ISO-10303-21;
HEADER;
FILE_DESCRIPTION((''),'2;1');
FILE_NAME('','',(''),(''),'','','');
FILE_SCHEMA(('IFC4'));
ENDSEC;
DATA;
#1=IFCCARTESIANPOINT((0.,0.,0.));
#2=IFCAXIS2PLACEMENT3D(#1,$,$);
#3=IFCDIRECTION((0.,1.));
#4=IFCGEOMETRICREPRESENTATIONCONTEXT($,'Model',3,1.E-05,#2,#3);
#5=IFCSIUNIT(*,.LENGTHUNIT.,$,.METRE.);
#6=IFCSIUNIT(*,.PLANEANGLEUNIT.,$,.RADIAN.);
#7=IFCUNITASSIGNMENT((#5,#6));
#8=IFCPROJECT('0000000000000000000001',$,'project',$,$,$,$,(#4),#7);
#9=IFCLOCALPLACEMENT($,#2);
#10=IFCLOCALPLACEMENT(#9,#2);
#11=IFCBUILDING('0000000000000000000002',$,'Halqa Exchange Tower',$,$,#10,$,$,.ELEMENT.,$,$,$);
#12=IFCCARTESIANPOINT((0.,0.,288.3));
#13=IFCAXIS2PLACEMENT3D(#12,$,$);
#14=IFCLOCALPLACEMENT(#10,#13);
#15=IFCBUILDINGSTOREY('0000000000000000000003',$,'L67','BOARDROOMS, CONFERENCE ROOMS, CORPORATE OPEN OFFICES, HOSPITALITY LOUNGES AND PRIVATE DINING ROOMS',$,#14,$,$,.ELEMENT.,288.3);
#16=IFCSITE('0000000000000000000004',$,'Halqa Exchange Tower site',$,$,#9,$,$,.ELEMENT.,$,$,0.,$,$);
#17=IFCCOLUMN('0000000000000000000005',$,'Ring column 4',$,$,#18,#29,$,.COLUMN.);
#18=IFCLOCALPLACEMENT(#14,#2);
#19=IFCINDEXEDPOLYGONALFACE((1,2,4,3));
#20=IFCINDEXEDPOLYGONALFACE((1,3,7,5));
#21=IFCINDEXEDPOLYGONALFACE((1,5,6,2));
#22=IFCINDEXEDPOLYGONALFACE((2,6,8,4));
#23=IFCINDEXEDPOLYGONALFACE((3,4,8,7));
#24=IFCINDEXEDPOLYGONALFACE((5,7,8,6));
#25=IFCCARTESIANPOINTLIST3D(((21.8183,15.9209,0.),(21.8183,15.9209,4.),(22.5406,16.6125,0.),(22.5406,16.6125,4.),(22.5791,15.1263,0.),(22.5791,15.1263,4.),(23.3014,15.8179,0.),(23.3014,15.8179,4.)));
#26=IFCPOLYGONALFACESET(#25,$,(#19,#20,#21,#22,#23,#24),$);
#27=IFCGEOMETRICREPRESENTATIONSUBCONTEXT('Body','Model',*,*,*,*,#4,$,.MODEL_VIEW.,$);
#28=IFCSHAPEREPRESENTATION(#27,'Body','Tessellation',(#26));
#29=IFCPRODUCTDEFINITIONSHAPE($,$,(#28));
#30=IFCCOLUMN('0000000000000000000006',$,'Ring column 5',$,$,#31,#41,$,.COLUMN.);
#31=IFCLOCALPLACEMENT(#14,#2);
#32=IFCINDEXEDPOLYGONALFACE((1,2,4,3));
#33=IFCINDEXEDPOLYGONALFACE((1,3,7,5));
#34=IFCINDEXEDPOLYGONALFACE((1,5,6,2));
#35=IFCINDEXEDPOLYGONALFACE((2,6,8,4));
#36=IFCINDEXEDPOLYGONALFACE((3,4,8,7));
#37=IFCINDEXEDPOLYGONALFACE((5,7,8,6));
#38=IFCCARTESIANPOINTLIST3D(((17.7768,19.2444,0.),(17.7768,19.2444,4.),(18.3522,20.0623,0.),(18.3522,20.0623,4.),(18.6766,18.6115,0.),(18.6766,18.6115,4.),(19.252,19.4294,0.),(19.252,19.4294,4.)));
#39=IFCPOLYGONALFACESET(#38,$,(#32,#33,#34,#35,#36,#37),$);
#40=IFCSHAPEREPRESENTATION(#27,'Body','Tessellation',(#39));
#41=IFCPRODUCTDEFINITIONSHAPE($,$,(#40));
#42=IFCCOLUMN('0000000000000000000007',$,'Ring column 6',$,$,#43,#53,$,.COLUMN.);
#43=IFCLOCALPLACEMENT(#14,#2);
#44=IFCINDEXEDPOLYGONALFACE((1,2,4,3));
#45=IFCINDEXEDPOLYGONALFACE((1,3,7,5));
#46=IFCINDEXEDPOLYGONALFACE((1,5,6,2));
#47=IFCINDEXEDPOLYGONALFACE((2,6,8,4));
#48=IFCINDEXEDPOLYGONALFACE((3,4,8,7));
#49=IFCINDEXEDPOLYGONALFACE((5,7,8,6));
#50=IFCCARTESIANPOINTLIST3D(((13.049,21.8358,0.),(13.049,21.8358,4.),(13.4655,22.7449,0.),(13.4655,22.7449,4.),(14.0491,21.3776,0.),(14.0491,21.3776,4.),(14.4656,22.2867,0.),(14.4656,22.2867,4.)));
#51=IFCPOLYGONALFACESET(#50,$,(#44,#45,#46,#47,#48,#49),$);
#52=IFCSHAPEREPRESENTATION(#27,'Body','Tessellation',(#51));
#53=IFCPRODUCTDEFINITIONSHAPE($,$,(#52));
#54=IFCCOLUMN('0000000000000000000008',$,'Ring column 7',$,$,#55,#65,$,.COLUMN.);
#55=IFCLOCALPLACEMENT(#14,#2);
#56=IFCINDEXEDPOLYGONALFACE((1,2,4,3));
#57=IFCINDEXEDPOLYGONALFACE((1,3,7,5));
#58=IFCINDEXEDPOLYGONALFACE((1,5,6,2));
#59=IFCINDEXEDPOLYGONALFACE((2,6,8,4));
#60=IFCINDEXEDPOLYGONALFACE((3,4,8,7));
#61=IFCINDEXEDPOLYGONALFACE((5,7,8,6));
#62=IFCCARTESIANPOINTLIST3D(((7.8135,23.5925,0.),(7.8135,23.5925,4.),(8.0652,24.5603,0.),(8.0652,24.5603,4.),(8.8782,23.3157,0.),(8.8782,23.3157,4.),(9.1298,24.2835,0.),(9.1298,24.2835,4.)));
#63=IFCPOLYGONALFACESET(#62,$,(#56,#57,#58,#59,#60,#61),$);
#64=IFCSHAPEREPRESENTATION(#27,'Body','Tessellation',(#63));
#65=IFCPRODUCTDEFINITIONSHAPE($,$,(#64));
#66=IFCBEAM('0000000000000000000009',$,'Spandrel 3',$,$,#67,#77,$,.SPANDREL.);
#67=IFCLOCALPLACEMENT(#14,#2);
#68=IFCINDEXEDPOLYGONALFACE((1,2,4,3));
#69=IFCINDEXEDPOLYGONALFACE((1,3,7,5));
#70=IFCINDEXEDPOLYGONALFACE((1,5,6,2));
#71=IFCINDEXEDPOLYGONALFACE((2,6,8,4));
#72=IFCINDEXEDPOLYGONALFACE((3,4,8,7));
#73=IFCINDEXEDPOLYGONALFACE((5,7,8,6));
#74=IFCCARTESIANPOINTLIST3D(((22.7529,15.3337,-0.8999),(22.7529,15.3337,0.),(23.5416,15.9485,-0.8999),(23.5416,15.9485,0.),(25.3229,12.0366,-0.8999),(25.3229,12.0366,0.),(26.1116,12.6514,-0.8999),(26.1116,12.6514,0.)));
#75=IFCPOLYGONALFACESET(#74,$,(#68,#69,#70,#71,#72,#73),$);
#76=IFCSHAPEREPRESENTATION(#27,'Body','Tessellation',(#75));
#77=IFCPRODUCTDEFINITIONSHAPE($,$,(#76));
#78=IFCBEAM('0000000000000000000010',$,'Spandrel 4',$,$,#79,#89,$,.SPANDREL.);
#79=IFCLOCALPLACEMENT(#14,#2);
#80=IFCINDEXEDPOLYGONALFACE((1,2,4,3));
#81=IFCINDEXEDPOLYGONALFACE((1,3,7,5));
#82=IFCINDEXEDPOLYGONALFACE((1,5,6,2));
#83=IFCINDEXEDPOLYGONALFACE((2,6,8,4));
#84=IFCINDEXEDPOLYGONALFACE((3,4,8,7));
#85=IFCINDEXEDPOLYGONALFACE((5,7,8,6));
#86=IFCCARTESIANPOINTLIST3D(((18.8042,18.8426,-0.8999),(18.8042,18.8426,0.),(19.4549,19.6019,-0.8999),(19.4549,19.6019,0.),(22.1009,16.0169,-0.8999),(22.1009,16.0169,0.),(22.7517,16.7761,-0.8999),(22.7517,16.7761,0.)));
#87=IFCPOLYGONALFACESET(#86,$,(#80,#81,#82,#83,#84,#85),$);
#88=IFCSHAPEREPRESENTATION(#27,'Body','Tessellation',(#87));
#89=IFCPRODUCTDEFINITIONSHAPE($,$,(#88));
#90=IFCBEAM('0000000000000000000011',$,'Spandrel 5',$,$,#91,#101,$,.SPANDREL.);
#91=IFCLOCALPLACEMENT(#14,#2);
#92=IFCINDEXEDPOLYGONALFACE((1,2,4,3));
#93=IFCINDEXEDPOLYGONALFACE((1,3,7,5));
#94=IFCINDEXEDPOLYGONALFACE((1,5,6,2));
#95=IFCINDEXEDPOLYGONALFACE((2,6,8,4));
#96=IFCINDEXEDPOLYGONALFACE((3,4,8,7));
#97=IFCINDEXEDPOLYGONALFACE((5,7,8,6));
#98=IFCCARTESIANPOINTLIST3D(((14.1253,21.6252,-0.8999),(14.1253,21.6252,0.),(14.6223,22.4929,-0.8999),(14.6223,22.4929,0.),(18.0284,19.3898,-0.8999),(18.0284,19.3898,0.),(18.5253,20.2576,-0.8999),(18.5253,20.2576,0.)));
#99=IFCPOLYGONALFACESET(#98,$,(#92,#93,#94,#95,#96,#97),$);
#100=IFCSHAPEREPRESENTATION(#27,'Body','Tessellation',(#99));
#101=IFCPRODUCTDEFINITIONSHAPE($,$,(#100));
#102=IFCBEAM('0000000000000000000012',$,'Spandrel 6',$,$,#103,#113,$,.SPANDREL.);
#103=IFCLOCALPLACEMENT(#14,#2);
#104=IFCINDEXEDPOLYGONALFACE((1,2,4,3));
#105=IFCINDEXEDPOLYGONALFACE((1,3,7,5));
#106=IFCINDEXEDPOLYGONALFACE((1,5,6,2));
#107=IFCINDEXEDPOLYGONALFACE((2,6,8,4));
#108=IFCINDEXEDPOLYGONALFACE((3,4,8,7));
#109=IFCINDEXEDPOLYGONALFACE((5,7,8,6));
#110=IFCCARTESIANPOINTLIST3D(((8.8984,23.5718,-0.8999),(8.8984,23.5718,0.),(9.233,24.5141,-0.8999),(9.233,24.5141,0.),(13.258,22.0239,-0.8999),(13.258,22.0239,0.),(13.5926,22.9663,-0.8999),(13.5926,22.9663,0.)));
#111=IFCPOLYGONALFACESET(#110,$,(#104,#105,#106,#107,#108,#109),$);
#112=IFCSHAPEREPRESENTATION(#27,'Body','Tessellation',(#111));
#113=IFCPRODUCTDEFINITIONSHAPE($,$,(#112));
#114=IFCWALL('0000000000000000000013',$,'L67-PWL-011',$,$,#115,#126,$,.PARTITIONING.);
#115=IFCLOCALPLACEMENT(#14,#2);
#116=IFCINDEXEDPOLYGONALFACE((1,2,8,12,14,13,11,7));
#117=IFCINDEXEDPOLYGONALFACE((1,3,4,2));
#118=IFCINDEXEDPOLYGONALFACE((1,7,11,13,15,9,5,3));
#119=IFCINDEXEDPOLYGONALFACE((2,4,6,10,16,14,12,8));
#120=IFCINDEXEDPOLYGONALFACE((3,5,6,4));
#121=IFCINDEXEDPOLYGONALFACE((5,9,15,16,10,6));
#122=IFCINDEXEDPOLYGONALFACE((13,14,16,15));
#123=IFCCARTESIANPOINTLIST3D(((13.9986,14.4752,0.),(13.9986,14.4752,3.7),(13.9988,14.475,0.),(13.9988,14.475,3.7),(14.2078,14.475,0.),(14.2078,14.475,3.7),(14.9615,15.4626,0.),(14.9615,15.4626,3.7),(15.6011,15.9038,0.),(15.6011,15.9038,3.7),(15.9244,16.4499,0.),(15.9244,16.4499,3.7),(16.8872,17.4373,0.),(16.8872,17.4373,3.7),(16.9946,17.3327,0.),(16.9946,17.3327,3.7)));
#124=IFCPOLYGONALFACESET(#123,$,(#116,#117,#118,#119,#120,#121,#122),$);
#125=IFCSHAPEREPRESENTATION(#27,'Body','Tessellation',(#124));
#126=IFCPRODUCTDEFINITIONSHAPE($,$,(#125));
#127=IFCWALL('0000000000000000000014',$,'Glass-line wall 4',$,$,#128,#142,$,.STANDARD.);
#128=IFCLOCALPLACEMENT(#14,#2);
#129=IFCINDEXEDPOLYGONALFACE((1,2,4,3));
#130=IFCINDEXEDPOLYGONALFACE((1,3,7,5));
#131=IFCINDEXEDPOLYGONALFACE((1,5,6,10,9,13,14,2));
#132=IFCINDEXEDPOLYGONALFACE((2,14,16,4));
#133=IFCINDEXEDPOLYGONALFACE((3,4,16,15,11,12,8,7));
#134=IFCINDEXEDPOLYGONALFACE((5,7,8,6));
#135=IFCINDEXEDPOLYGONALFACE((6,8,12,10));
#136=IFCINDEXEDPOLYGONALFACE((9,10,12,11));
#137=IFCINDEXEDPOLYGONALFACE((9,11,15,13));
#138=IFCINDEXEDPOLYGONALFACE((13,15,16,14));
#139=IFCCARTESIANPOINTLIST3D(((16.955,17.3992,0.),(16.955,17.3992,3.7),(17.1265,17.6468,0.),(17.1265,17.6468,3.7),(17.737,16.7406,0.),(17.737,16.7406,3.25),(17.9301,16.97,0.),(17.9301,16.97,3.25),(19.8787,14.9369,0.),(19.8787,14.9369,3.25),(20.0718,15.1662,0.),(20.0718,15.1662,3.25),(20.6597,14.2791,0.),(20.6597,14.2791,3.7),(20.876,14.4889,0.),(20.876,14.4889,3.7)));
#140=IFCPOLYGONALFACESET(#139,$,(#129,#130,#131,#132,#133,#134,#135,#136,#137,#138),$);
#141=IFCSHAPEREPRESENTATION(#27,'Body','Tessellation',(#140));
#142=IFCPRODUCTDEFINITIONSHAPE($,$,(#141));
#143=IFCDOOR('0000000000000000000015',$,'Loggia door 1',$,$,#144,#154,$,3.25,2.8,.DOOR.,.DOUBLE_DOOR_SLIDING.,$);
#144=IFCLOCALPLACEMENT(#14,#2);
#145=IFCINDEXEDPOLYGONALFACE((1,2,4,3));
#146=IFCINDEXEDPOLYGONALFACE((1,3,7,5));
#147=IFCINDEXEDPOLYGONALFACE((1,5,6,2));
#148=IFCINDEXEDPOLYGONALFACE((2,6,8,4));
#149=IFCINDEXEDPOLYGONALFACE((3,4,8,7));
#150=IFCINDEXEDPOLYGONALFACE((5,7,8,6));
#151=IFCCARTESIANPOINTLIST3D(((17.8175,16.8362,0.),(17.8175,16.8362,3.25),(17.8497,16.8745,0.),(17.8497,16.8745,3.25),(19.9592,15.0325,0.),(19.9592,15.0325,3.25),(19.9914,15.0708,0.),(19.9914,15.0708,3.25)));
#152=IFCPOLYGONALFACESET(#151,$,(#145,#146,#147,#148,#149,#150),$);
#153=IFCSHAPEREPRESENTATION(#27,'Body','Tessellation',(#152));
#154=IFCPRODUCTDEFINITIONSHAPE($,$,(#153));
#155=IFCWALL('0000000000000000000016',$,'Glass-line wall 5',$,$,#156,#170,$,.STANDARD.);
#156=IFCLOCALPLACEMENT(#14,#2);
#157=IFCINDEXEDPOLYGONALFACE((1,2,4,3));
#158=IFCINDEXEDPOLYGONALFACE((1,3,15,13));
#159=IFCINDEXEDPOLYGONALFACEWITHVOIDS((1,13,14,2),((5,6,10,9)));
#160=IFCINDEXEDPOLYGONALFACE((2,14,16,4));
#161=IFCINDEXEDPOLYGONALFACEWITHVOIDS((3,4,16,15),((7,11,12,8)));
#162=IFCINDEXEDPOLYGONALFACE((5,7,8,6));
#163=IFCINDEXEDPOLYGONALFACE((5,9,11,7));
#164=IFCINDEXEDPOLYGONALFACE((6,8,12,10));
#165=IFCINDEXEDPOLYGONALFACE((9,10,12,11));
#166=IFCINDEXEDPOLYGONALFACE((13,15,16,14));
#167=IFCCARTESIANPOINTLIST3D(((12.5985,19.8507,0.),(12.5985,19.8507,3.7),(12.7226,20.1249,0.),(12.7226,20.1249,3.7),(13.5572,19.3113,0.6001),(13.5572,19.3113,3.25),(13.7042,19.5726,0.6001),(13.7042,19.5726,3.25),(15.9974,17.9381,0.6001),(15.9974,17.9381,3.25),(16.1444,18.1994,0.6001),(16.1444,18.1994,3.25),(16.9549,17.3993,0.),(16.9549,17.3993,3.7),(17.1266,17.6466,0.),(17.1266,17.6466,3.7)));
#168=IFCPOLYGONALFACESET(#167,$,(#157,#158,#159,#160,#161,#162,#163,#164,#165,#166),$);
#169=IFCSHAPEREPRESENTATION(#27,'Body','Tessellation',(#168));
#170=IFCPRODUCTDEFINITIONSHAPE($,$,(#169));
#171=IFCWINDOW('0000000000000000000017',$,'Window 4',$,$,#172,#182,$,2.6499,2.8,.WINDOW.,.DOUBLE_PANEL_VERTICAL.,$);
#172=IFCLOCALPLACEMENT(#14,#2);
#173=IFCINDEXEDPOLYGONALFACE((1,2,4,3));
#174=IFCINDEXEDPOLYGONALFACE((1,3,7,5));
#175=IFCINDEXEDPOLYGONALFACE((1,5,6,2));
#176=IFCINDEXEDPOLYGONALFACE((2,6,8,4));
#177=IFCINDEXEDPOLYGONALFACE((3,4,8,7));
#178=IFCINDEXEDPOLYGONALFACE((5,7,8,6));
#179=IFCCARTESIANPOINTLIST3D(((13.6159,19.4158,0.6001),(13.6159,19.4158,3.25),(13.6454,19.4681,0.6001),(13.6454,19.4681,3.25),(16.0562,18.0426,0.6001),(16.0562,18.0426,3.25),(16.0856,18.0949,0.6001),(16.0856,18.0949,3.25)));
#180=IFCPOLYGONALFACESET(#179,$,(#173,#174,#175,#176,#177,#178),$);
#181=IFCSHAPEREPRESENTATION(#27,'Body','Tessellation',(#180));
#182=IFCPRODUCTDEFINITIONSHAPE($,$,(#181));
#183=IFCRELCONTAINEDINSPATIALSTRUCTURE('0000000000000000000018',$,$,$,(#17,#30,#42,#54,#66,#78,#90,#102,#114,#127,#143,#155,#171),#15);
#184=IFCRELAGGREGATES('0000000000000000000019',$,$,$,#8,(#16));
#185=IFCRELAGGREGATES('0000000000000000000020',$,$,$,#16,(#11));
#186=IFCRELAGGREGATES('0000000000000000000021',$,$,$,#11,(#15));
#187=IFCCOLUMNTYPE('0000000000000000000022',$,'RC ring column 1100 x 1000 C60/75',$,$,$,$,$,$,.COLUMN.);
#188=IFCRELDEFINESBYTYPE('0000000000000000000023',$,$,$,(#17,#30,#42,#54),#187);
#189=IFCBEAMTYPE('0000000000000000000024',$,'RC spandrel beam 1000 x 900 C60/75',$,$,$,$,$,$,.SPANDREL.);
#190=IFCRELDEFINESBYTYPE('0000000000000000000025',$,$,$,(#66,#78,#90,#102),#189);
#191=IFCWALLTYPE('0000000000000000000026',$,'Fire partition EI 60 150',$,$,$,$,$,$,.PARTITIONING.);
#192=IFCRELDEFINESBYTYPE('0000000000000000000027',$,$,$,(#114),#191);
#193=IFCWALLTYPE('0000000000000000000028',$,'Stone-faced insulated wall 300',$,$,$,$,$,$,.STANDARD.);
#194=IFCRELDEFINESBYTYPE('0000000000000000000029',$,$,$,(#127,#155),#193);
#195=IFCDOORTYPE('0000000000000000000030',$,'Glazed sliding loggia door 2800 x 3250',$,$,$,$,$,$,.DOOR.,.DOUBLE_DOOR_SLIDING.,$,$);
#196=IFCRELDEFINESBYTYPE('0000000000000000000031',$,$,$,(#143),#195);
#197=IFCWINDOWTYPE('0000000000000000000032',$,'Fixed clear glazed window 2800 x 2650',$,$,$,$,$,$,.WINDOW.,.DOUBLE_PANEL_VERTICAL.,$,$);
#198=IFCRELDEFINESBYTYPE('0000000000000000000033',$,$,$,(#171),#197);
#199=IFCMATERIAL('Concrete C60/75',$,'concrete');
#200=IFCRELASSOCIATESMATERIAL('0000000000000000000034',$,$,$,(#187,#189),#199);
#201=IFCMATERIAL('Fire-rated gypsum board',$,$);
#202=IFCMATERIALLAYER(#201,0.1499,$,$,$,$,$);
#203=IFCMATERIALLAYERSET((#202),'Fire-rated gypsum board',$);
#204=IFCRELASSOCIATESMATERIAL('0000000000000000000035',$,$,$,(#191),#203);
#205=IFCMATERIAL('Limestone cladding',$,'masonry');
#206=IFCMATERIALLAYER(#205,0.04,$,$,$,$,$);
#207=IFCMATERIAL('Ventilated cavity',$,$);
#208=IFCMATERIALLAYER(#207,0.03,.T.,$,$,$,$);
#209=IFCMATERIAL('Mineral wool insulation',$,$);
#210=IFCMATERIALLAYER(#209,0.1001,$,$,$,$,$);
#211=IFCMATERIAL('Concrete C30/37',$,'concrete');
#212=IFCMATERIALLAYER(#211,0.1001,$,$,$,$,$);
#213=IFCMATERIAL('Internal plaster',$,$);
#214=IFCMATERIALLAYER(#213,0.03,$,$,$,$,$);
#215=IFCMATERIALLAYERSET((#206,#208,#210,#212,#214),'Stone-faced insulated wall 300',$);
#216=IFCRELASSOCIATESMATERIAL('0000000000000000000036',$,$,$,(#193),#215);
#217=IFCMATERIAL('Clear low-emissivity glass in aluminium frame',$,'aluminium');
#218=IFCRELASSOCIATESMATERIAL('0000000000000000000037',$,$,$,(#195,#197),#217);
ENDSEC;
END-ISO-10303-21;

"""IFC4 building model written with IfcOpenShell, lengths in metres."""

from ifc_helpers import new_model, si_unit, direction, frame, frame_2d, origin, origin_2d, place, context, subcontext, project, spatial, polyline, rectangle, outline, extrude, material, layer, layer_set, material_profile, profile_set, type_object, element, fill, save


model = new_model("IFC4")

# Units and contexts
model_context = context("Model", 3, precision=1e-05, world=origin(), true_north=direction((0.0, 1.0)))
body_context = subcontext(model_context, "Body", "Model", "MODEL_VIEW")
ifc_project = project(units=[si_unit("LENGTHUNIT", "METRE"), si_unit("PLANEANGLEUNIT", "RADIAN")], contexts=[model_context])

# Site, building, storey
site_placement = place(None, origin())
site = spatial("IfcSite", under=ifc_project, at=site_placement, Name="Halqa Exchange Tower site", CompositionType="ELEMENT", RefElevation=0.0)
building_placement = place(site_placement, origin())
building = spatial("IfcBuilding", under=site, at=building_placement, Name="Halqa Exchange Tower", CompositionType="ELEMENT")
storey_placement = place(building_placement, frame((0.0, 0.0, 288.3)))
storey = spatial("IfcBuildingStorey", under=building, at=storey_placement, Name="L67", Description="BOARDROOMS, CONFERENCE ROOMS, CORPORATE OPEN OFFICES, HOSPITALITY LOUNGES AND PRIVATE DINING ROOMS", CompositionType="ELEMENT", Elevation=288.3)

# Columns
ifc_material_1 = material(Name="Concrete C60/75", Category="concrete")
ifc_material_profile_1 = material_profile(ifc_material_1, rectangle(XDim=1.1001, YDim=1.0, at=origin_2d()), Name="1100 x 1000")
ifc_profile_set_1 = profile_set([ifc_material_profile_1], Name="Concrete C60/75")
column_type = type_object("IfcColumnType", Name="RC ring column 1100 x 1000 C60/75", PredefinedType="COLUMN", material=ifc_profile_set_1)
for number, where, z_axis, x_axis, name in (
    (1, (22.5598, 15.8694, 0.0), (0.0, 0.0, 1.0), (-0.691575, 0.722305, 0.0), "Ring column 4"),
    (2, (18.5144, 19.3369, 0.0), (0.0, 0.0, 1.0), (-0.817906, 0.575352, 0.0), "Ring column 5"),
    (3, (13.7573, 22.0613, 0.0), (0.0, 0.0, 1.0), (-0.909129, 0.416516, 0.0), "Ring column 6"),
    (4, (8.4717, 23.938, 0.0), (0.0, 0.0, 1.0), (-0.967821, 0.251639, 0.0), "Ring column 7"),
):
    element("IfcColumn", number, at=place(storey_placement, frame(where, z_axis=z_axis, x_axis=x_axis)), inside=storey, type_object=column_type, Name=name, PredefinedType="COLUMN", context=body_context, shape_type="SweptSolid", body=[
        extrude(rectangle(XDim=1.1001, YDim=1.0, at=origin_2d()), origin(), (0.0, 0.0, 1.0), 4.0),
    ])

# Beams
ifc_material_profile_2 = material_profile(ifc_material_1, rectangle(XDim=1.0, YDim=0.8999, at=origin_2d()), Name="1000 x 900")
ifc_profile_set_2 = profile_set([ifc_material_profile_2], Name="Concrete C60/75")
beam_type = type_object("IfcBeamType", Name="RC spandrel beam 1000 x 900 C60/75", PredefinedType="SPANDREL", material=ifc_profile_set_2)
beam_1_placement = place(storey_placement, frame((25.7173, 12.344, -0.45), z_axis=(-0.614781, 0.788698, 0.0), x_axis=(-0.788698, -0.614781, 0.0)))
element("IfcBeam", 5, at=beam_1_placement, inside=storey, type_object=beam_type, Name="Spandrel 3", PredefinedType="SPANDREL", context=body_context, shape_type="SweptSolid", body=[
    extrude(rectangle(XDim=1.0, YDim=0.8999, at=origin_2d()), origin(), (0.0, 0.0, 1.0), 4.1804),
])
beam_2_placement = place(storey_placement, frame((22.4263, 16.3965, -0.45), z_axis=(-0.759257, 0.650791, 0.0), x_axis=(-0.650791, -0.759257, 0.0)))
element("IfcBeam", 6, at=beam_2_placement, inside=storey, type_object=beam_type, Name="Spandrel 4", PredefinedType="SPANDREL", context=body_context, shape_type="SweptSolid", body=[
    extrude(rectangle(XDim=1.0, YDim=0.8999, at=origin_2d()), origin(), (0.0, 0.0, 1.0), 4.342),
])
beam_3_placement = place(storey_placement, frame((18.2769, 19.8237, -0.45), z_axis=(-0.867762, 0.49698, 0.0), x_axis=(-0.49698, -0.867762, 0.0)))
element("IfcBeam", 7, at=beam_3_placement, inside=storey, type_object=beam_type, Name="Spandrel 5", PredefinedType="SPANDREL", context=body_context, shape_type="SweptSolid", body=[
    extrude(rectangle(XDim=1.0, YDim=0.8999, at=origin_2d()), origin(), (0.0, 0.0, 1.0), 4.4978),
])
beam_4_placement = place(storey_placement, frame((13.4253, 22.4951, -0.45), z_axis=(-0.942367, 0.334581, 0.0), x_axis=(-0.334581, -0.942367, 0.0)))
element("IfcBeam", 8, at=beam_4_placement, inside=storey, type_object=beam_type, Name="Spandrel 6", PredefinedType="SPANDREL", context=body_context, shape_type="SweptSolid", body=[
    extrude(rectangle(XDim=1.0, YDim=0.8999, at=origin_2d()), origin(), (0.0, 0.0, 1.0), 4.6262),
])

# Wall
ifc_material_2 = material(Name="Fire-rated gypsum board")
ifc_layer_1 = layer(ifc_material_2, 0.1499)
ifc_layer_set_1 = layer_set([ifc_layer_1], Name="Fire-rated gypsum board")
wall_type_1 = type_object("IfcWallType", Name="Fire partition EI 60 150", PredefinedType="PARTITIONING", material=ifc_layer_set_1)
wall_1_placement = place(storey_placement, frame((14.0522, 14.4229, 0.0), z_axis=(0.0, 0.0, 1.0), x_axis=(0.69817, 0.715932, 0.0)))
element("IfcWall", 9, at=wall_1_placement, inside=storey, type_object=wall_type_1, Name="L67-PWL-011", PredefinedType="PARTITIONING", context=body_context, shape_type="SweptSolid", body=[
    extrude(outline(polyline([(4.1375, -0.075), (4.1375, 0.075), (4.1375, 0.075), (2.7583, 0.075), (1.3792, 0.075), (0.0, 0.075), (0.0, 0.0747), (0.146, -0.075), (2.1416, -0.075), (4.1375, -0.075)])), origin(), (0.0, 0.0, 1.0), 3.7),
])

# Wall, opening, door
ifc_material_3 = material(Name="Limestone cladding", Category="masonry")
ifc_layer_2 = layer(ifc_material_3, 0.04)
ifc_material_4 = material(Name="Ventilated cavity")
ifc_layer_3 = layer(ifc_material_4, 0.03, ventilated=True)
ifc_material_5 = material(Name="Mineral wool insulation")
ifc_layer_4 = layer(ifc_material_5, 0.1001)
ifc_material_6 = material(Name="Concrete C30/37", Category="concrete")
ifc_layer_5 = layer(ifc_material_6, 0.1001)
ifc_material_7 = material(Name="Internal plaster")
ifc_layer_6 = layer(ifc_material_7, 0.03)
ifc_layer_set_2 = layer_set([ifc_layer_2, ifc_layer_3, ifc_layer_4, ifc_layer_5, ifc_layer_6], Name="Stone-faced insulated wall 300")
wall_type_2 = type_object("IfcWallType", Name="Stone-faced insulated wall 300", PredefinedType="STANDARD", material=ifc_layer_set_2)
wall_2_placement = place(storey_placement, frame((20.7678, 14.384, 0.0), z_axis=(0.0, 0.0, 1.0), x_axis=(-0.764876, 0.644177, 0.0)))
wall_2 = element("IfcWall", 10, at=wall_2_placement, inside=storey, type_object=wall_type_2, Name="Glass-line wall 4", PredefinedType="STANDARD", context=body_context, shape_type="SweptSolid", body=[
    extrude(outline(polyline([(-0.0151, -0.1499), (4.887, -0.1499), (4.8586, 0.1499), (0.0151, 0.1499), (-0.0151, -0.1499)])), origin(), (0.0, 0.0, 1.0), 3.7),
])
opening_1_placement = place(wall_2_placement, frame((1.0364, 0.0, 0.0)))
opening_1 = element("IfcOpeningElement", 11, at=opening_1_placement, cuts=wall_2, PredefinedType="OPENING", context=body_context, shape_type="SweptSolid", body=[
    extrude(rectangle(XDim=2.8, YDim=3.25, at=frame_2d((1.3999, 1.625))), frame((0.0, 0.1621, 0.0), z_axis=(0.0, -1.0, 0.0), x_axis=(1.0, 0.0, 0.0)), (0.0, 0.0, 1.0), 0.324),
])
ifc_material_8 = material(Name="Clear low-emissivity glass in aluminium frame", Category="aluminium")
door_type = type_object("IfcDoorType", Name="Glazed sliding loggia door 2800 x 3250", OperationType="DOUBLE_DOOR_SLIDING", PredefinedType="DOOR", material=ifc_material_8)
door_placement = place(opening_1_placement, origin())
door = element("IfcDoor", 12, at=door_placement, inside=storey, type_object=door_type, Name="Loggia door 1", OperationType="DOUBLE_DOOR_SLIDING", OverallHeight=3.25, OverallWidth=2.8, PredefinedType="DOOR", context=body_context, shape_type="SweptSolid", body=[
    extrude(rectangle(XDim=2.8, YDim=3.25, at=frame_2d((1.3999, 1.625))), frame((0.0, 0.0249, 0.0), z_axis=(0.0, -1.0, 0.0), x_axis=(1.0, 0.0, 0.0)), (0.0, 0.0, 1.0), 0.05),
])
fill(opening_1, door)

# Wall, opening, window
wall_3_placement = place(storey_placement, frame((17.0408, 17.5229, 0.0), z_axis=(0.0, 0.0, 1.0), x_axis=(-0.871489, 0.490416, 0.0)))
wall_3 = element("IfcWall", 13, at=wall_3_placement, inside=storey, type_object=wall_type_2, Name="Glass-line wall 5", PredefinedType="STANDARD", context=body_context, shape_type="SweptSolid", body=[
    extrude(outline(polyline([(-0.0142, -0.1499), (5.0393, -0.1499), (5.0129, 0.1499), (0.0142, 0.1499), (-0.0142, -0.1499)])), origin(), (0.0, 0.0, 1.0), 3.7),
])
opening_2_placement = place(wall_3_placement, frame((1.113, 0.0, 0.6001)))
opening_2 = element("IfcOpeningElement", 14, at=opening_2_placement, cuts=wall_3, PredefinedType="OPENING", context=body_context, shape_type="SweptSolid", body=[
    extrude(rectangle(XDim=2.8, YDim=2.6499, at=frame_2d((1.3999, 1.325))), frame((0.0, 0.1621, 0.0), z_axis=(0.0, -1.0, 0.0), x_axis=(1.0, 0.0, 0.0)), (0.0, 0.0, 1.0), 0.324),
])
window_type = type_object("IfcWindowType", Name="Fixed clear glazed window 2800 x 2650", PartitioningType="DOUBLE_PANEL_VERTICAL", PredefinedType="WINDOW", material=ifc_material_8)
window_1_placement = place(opening_2_placement, origin())
window_1 = element("IfcWindow", 15, at=window_1_placement, inside=storey, type_object=window_type, Name="Window 4", OverallHeight=2.6499, OverallWidth=2.8, PartitioningType="DOUBLE_PANEL_VERTICAL", PredefinedType="WINDOW", context=body_context, shape_type="SweptSolid", body=[
    extrude(rectangle(XDim=2.8, YDim=2.6499, at=frame_2d((1.3999, 1.325))), frame((0.0, 0.03, 0.0), z_axis=(0.0, -1.0, 0.0), x_axis=(1.0, 0.0, 0.0)), (0.0, 0.0, 1.0), 0.0601),
])
fill(opening_2, window_1)

save(model, "model.ifc")
